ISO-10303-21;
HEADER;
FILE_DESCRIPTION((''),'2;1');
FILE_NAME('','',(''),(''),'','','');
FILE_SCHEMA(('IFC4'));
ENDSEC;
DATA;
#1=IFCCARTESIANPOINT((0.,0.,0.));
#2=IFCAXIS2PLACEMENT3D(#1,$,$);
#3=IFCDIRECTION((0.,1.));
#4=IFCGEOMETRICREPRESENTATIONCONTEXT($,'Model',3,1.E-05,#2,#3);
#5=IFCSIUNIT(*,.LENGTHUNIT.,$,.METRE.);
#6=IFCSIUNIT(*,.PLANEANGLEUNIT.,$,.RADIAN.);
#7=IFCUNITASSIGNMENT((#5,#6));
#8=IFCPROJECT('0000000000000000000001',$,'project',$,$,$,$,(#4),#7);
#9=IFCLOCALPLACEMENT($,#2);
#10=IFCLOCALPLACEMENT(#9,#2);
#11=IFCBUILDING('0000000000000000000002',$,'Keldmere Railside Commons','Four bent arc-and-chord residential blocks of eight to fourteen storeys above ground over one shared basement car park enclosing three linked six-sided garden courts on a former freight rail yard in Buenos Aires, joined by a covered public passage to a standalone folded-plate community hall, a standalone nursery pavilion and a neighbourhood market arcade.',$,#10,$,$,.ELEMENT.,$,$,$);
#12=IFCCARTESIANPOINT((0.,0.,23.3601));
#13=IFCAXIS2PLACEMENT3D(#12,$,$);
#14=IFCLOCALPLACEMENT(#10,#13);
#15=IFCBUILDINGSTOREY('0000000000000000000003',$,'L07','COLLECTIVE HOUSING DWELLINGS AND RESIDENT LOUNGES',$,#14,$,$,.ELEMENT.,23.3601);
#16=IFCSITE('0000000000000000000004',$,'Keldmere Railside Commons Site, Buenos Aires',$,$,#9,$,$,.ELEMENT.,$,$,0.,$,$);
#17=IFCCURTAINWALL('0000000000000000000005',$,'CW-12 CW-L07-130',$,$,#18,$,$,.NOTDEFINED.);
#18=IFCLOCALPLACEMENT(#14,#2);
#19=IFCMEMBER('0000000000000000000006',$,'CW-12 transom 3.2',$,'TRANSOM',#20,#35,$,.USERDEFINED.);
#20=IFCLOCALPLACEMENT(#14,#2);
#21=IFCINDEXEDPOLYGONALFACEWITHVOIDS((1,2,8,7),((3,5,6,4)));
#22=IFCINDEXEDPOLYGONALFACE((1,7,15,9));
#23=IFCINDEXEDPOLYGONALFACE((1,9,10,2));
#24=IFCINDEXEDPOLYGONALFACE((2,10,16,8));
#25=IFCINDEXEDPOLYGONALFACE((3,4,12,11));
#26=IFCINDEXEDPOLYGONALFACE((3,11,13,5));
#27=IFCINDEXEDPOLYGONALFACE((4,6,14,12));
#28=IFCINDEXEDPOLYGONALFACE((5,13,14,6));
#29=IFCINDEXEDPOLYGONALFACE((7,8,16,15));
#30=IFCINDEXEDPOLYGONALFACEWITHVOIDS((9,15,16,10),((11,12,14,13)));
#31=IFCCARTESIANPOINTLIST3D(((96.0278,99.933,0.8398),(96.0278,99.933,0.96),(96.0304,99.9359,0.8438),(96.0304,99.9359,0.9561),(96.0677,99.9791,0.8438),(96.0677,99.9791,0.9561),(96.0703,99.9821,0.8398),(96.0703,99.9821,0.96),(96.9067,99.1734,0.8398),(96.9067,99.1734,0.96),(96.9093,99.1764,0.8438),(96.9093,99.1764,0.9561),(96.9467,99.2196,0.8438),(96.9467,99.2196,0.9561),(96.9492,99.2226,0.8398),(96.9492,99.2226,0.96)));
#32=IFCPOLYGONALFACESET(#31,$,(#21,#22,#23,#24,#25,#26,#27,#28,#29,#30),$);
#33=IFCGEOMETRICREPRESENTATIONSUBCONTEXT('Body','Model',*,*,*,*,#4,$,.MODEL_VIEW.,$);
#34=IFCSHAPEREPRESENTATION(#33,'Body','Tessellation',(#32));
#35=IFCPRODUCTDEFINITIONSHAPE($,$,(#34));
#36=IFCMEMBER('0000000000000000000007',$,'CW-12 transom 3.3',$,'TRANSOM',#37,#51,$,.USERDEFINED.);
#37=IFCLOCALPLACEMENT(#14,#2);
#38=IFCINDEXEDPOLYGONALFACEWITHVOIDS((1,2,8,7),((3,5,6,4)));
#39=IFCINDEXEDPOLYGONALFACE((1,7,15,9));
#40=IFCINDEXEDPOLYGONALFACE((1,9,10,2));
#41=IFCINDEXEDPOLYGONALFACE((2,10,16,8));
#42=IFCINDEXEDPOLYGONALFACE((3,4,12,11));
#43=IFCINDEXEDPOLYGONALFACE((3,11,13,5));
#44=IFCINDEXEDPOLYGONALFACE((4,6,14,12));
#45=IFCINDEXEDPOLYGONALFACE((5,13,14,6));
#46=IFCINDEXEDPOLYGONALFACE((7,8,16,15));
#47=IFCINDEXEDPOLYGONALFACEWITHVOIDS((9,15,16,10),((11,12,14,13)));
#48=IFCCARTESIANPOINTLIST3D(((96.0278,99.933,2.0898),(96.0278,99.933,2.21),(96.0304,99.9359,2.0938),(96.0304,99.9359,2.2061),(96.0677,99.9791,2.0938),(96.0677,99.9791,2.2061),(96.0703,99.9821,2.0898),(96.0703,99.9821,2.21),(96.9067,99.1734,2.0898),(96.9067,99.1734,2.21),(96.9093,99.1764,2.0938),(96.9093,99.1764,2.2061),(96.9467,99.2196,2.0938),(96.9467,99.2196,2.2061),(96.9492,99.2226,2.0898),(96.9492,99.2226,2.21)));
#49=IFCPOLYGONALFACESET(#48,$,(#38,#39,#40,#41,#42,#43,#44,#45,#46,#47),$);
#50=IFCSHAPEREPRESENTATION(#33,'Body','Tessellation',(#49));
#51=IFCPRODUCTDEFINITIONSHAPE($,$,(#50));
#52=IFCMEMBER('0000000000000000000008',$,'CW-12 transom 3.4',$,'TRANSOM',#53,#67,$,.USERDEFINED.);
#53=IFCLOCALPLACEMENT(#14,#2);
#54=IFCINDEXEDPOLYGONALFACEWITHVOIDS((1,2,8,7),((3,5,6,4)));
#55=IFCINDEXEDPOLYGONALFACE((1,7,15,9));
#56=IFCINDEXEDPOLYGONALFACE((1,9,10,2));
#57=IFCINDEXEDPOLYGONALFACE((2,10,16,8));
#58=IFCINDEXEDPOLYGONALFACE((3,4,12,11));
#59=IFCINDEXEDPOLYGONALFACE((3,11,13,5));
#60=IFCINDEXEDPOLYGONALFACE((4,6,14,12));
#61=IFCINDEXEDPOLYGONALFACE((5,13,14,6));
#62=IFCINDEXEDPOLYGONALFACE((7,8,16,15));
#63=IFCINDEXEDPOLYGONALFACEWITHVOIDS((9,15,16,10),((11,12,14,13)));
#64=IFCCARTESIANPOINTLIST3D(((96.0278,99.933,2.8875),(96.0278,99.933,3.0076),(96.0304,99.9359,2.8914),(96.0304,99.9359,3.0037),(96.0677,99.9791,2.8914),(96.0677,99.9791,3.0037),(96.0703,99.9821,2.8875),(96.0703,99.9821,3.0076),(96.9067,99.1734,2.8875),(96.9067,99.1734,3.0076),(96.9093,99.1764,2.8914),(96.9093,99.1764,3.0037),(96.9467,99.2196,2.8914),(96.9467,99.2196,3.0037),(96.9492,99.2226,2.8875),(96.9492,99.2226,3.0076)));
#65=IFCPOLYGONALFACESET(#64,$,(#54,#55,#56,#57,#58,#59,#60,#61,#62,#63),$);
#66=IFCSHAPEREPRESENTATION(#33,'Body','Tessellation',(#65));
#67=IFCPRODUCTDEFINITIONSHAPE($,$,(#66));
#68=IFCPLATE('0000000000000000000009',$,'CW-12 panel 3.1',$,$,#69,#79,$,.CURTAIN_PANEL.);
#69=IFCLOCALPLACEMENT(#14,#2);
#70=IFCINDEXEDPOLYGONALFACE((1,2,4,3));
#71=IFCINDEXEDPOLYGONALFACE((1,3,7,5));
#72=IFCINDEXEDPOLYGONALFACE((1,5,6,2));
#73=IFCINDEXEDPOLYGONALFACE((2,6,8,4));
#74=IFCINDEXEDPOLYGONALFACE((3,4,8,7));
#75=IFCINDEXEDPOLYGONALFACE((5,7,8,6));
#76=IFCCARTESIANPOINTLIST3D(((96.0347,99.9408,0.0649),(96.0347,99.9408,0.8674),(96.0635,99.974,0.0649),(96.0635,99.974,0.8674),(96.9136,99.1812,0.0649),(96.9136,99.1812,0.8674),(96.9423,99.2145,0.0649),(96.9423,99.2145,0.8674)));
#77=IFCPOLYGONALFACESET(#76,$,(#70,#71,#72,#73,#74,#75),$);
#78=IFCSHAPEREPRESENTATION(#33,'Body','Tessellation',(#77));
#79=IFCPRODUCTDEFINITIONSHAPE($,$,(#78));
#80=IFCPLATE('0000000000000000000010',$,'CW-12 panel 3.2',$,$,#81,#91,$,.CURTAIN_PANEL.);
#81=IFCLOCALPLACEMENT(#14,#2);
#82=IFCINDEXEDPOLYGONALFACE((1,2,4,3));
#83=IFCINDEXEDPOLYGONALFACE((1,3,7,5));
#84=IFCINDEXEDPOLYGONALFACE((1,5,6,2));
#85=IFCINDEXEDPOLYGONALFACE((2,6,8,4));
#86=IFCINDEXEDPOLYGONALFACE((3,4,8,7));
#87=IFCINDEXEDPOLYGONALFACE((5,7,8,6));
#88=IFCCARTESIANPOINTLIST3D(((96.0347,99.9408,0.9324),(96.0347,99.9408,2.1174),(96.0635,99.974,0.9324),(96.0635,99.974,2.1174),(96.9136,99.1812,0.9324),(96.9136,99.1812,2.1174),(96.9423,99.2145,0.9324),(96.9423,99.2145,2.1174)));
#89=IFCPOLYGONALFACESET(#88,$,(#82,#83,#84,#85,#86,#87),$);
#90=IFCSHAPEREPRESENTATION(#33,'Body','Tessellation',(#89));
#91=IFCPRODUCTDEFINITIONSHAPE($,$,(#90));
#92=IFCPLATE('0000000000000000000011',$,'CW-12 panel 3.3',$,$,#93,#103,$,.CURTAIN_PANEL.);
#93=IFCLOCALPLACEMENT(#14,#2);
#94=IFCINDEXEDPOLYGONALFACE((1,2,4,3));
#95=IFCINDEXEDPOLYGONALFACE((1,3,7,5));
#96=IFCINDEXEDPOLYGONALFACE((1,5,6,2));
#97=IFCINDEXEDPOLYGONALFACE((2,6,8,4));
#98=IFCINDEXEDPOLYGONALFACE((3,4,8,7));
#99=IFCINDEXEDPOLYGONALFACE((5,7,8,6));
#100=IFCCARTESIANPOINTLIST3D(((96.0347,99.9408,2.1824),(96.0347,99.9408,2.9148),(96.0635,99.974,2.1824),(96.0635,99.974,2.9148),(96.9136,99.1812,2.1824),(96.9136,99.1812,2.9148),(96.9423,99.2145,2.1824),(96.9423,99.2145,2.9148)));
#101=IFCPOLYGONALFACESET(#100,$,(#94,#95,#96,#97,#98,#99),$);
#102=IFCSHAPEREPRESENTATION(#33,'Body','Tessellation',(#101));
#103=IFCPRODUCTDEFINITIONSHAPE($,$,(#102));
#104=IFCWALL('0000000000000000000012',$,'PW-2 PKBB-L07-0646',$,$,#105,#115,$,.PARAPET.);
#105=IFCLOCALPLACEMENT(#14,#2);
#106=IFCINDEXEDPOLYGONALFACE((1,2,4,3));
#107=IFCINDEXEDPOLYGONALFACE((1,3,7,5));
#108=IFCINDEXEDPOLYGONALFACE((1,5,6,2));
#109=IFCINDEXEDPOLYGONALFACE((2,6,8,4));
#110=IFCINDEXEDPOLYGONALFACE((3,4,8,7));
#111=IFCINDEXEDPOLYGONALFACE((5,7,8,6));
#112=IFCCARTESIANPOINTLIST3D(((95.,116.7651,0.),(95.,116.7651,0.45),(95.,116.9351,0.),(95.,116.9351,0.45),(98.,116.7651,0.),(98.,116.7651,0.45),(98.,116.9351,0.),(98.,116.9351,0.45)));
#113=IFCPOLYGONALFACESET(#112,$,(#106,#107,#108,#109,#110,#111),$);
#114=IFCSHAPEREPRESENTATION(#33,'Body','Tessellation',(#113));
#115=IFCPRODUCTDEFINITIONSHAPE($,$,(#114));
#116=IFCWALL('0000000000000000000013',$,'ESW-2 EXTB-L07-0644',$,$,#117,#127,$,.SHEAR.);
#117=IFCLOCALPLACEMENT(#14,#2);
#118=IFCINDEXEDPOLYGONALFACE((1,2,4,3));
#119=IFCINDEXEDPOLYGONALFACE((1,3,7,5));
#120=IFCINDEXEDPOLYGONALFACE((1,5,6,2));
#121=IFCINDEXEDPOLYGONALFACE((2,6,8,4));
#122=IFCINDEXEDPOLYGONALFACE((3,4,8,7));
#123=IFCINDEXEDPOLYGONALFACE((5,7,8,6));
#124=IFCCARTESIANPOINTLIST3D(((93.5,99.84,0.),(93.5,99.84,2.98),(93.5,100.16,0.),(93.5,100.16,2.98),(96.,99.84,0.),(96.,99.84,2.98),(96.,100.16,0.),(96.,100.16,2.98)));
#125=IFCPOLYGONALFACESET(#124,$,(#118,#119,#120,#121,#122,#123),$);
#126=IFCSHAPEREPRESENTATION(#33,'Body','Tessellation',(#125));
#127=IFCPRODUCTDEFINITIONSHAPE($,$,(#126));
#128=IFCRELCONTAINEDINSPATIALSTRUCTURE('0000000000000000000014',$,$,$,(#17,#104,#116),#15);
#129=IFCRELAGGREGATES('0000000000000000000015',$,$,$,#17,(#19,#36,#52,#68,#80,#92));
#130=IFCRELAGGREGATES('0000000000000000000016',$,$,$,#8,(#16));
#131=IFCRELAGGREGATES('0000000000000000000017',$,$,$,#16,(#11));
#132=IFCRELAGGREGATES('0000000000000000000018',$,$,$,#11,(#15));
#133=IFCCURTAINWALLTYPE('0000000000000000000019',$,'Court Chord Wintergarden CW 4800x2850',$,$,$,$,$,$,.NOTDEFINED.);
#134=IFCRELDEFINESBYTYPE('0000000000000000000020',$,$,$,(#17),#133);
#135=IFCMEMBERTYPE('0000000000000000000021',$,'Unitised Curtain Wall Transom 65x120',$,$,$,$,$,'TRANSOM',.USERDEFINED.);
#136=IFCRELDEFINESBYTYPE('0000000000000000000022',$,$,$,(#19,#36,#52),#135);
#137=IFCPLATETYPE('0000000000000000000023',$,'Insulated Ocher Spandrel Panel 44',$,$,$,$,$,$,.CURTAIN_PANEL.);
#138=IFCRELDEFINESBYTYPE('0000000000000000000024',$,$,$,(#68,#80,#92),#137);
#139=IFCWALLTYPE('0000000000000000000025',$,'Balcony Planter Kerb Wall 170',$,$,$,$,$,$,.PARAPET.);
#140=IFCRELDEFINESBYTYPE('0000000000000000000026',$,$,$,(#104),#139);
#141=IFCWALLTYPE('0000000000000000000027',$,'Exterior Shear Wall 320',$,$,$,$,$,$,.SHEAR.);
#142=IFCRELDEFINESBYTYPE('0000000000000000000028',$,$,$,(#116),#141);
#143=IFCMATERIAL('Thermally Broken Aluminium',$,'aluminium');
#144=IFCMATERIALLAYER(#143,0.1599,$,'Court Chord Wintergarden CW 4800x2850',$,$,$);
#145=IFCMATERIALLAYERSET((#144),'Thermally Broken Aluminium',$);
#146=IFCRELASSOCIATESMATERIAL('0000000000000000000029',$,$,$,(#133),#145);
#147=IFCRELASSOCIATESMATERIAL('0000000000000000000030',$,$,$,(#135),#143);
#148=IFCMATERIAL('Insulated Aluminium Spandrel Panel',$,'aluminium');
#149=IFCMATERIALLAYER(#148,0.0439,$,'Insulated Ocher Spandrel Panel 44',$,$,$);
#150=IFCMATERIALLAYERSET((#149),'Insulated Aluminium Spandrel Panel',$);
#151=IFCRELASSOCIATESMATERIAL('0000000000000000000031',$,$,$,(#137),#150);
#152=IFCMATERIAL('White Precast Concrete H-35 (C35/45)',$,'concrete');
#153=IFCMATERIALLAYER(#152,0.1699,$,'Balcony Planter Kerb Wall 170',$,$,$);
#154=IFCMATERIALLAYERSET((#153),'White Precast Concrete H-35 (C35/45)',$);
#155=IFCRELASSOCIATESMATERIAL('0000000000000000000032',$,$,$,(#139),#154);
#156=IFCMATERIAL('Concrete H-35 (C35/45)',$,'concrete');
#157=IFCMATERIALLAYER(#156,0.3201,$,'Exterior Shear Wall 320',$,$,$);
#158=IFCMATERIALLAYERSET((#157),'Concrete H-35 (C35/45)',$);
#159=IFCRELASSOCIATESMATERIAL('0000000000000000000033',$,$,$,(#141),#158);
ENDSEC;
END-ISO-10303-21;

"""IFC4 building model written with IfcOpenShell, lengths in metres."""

from ifc_helpers import new_model, si_unit, direction, frame, frame_2d, origin, origin_2d, place, context, subcontext, project, spatial, rectangle, hollow_rectangle, extrude, material, layer, layer_set, material_profile, profile_set, type_object, element, aggregate, save


model = new_model("IFC4")

# Units and contexts
model_context = context("Model", 3, precision=1e-05, world=origin(), true_north=direction((0.0, 1.0)))
body_context = subcontext(model_context, "Body", "Model", "MODEL_VIEW")
ifc_project = project(units=[si_unit("LENGTHUNIT", "METRE"), si_unit("PLANEANGLEUNIT", "RADIAN")], contexts=[model_context])

# Site, building, storey
site_placement = place(None, origin())
site = spatial("IfcSite", under=ifc_project, at=site_placement, Name="Keldmere Railside Commons Site, Buenos Aires", CompositionType="ELEMENT", RefElevation=0.0)
building_placement = place(site_placement, origin())
building = spatial("IfcBuilding", under=site, at=building_placement, Name="Keldmere Railside Commons", Description="Four bent arc-and-chord residential blocks of eight to fourteen storeys above ground over one shared basement car park enclosing three linked six-sided garden courts on a former freight rail yard in Buenos Aires, joined by a covered public passage to a standalone folded-plate community hall, a standalone nursery pavilion and a neighbourhood market arcade.", CompositionType="ELEMENT")
storey_placement = place(building_placement, frame((0.0, 0.0, 23.3601)))
storey = spatial("IfcBuildingStorey", under=building, at=storey_placement, Name="L07", Description="COLLECTIVE HOUSING DWELLINGS AND RESIDENT LOUNGES", CompositionType="ELEMENT", Elevation=23.3601)

# Shared definitions
ifc_material_1 = material(Name="Concrete H-35 (C35/45)", Category="concrete")

# Curtain wall, members, plates
ifc_material_2 = material(Name="Thermally Broken Aluminium", Category="aluminium")
ifc_layer_1 = layer(ifc_material_2, 0.1599, Name="Court Chord Wintergarden CW 4800x2850")
ifc_layer_set_1 = layer_set([ifc_layer_1], Name="Thermally Broken Aluminium")
curtain_wall_type = type_object("IfcCurtainWallType", Name="Court Chord Wintergarden CW 4800x2850", PredefinedType="NOTDEFINED", material=ifc_layer_set_1)
curtain_wall_placement = place(storey_placement, origin())
curtain_wall = element("IfcCurtainWall", 1, at=curtain_wall_placement, inside=storey, type_object=curtain_wall_type, Name="CW-12 CW-L07-130", PredefinedType="NOTDEFINED")
ifc_material_profile_1 = material_profile(ifc_material_2, hollow_rectangle(XDim=0.0649, YDim=0.1201, WallThickness=0.0039, at=origin_2d()), Name="ALU-TRAN-65x120")
ifc_profile_set_1 = profile_set([ifc_material_profile_1], Name="Thermally Broken Aluminium")
member_type_1 = type_object("IfcMemberType", Name="Unitised Curtain Wall Transom 65x120", ElementType="TRANSOM", PredefinedType="USERDEFINED", material=ifc_profile_set_1)
member_1_placement = place(storey_placement, frame((96.928, 99.198, 0.8999), z_axis=(-0.756624, 0.65385, 0.0), x_axis=(-0.65385, -0.756624, 0.0)))
member_1 = element("IfcMember", 2, at=member_1_placement, type_object=member_type_1, Name="CW-12 transom 3.2", ObjectType="TRANSOM", PredefinedType="USERDEFINED", context=body_context, shape_type="SweptSolid", body=[
    extrude(hollow_rectangle(XDim=0.0649, YDim=0.1201, WallThickness=0.0039, at=origin_2d()), origin(), (0.0, 0.0, 1.0), 1.1616),
])
member_2_placement = place(storey_placement, frame((96.928, 99.198, 2.1499), z_axis=(-0.756624, 0.65385, 0.0), x_axis=(-0.65385, -0.756624, 0.0)))
member_2 = element("IfcMember", 3, at=member_2_placement, type_object=member_type_1, Name="CW-12 transom 3.3", ObjectType="TRANSOM", PredefinedType="USERDEFINED", context=body_context, shape_type="SweptSolid", body=[
    extrude(hollow_rectangle(XDim=0.0649, YDim=0.1201, WallThickness=0.0039, at=origin_2d()), origin(), (0.0, 0.0, 1.0), 1.1616),
])
member_3_placement = place(storey_placement, frame((96.928, 99.198, 2.9475), z_axis=(-0.756624, 0.65385, 0.0), x_axis=(-0.65385, -0.756624, 0.0)))
member_3 = element("IfcMember", 4, at=member_3_placement, type_object=member_type_1, Name="CW-12 transom 3.4", ObjectType="TRANSOM", PredefinedType="USERDEFINED", context=body_context, shape_type="SweptSolid", body=[
    extrude(hollow_rectangle(XDim=0.0649, YDim=0.1201, WallThickness=0.0039, at=origin_2d()), origin(), (0.0, 0.0, 1.0), 1.1616),
])
ifc_material_3 = material(Name="Insulated Aluminium Spandrel Panel", Category="aluminium")
ifc_layer_2 = layer(ifc_material_3, 0.0439, Name="Insulated Ocher Spandrel Panel 44")
ifc_layer_set_2 = layer_set([ifc_layer_2], Name="Insulated Aluminium Spandrel Panel")
plate_type = type_object("IfcPlateType", Name="Insulated Ocher Spandrel Panel 44", PredefinedType="CURTAIN_PANEL", material=ifc_layer_set_2)
plate_1_placement = place(storey_placement, frame((96.4885, 99.5776, 0.0649), z_axis=(0.0, 0.0, 1.0), x_axis=(-0.756597, 0.653882, 0.0)))
plate_1 = element("IfcPlate", 5, at=plate_1_placement, type_object=plate_type, Name="CW-12 panel 3.1", PredefinedType="CURTAIN_PANEL", context=body_context, shape_type="SweptSolid", body=[
    extrude(rectangle(XDim=1.1616, YDim=0.0439, at=origin_2d()), origin(), (0.0, 0.0, 1.0), 0.8025),
])
plate_2_placement = place(storey_placement, frame((96.4885, 99.5776, 0.9324), z_axis=(0.0, 0.0, 1.0), x_axis=(-0.756597, 0.653882, 0.0)))
plate_2 = element("IfcPlate", 6, at=plate_2_placement, type_object=plate_type, Name="CW-12 panel 3.2", PredefinedType="CURTAIN_PANEL", context=body_context, shape_type="SweptSolid", body=[
    extrude(rectangle(XDim=1.1616, YDim=0.0439, at=origin_2d()), origin(), (0.0, 0.0, 1.0), 1.1851),
])
plate_3_placement = place(storey_placement, frame((96.4885, 99.5776, 2.1824), z_axis=(0.0, 0.0, 1.0), x_axis=(-0.756597, 0.653882, 0.0)))
plate_3 = element("IfcPlate", 7, at=plate_3_placement, type_object=plate_type, Name="CW-12 panel 3.3", PredefinedType="CURTAIN_PANEL", context=body_context, shape_type="SweptSolid", body=[
    extrude(rectangle(XDim=1.1616, YDim=0.0439, at=origin_2d()), origin(), (0.0, 0.0, 1.0), 0.7324),
])
aggregate(curtain_wall, [member_1, member_2, member_3, plate_1, plate_2, plate_3])

# Walls
ifc_material_4 = material(Name="White Precast Concrete H-35 (C35/45)", Category="concrete")
ifc_layer_3 = layer(ifc_material_4, 0.1699, Name="Balcony Planter Kerb Wall 170")
ifc_layer_set_3 = layer_set([ifc_layer_3], Name="White Precast Concrete H-35 (C35/45)")
wall_type_1 = type_object("IfcWallType", Name="Balcony Planter Kerb Wall 170", PredefinedType="PARAPET", material=ifc_layer_set_3)
wall_1_placement = place(storey_placement, frame((95.0, 116.8501, 0.0), z_axis=(0.0, 0.0, 1.0), x_axis=(1.0, 0.0, 0.0)))
element("IfcWall", 8, at=wall_1_placement, inside=storey, type_object=wall_type_1, Name="PW-2 PKBB-L07-0646", PredefinedType="PARAPET", context=body_context, shape_type="SweptSolid", body=[
    extrude(rectangle(XDim=3.0, YDim=0.1699, at=frame_2d((1.5, 0.0))), origin(), (0.0, 0.0, 1.0), 0.45),
])
ifc_layer_4 = layer(ifc_material_1, 0.3201, Name="Exterior Shear Wall 320")
ifc_layer_set_4 = layer_set([ifc_layer_4], Name="Concrete H-35 (C35/45)")
wall_type_2 = type_object("IfcWallType", Name="Exterior Shear Wall 320", PredefinedType="SHEAR", material=ifc_layer_set_4)
wall_2_placement = place(storey_placement, frame((96.0, 100.0, 0.0), z_axis=(0.0, 0.0, 1.0), x_axis=(-1.0, 0.0, 0.0)))
element("IfcWall", 9, at=wall_2_placement, inside=storey, type_object=wall_type_2, Name="ESW-2 EXTB-L07-0644", PredefinedType="SHEAR", context=body_context, shape_type="SweptSolid", body=[
    extrude(rectangle(XDim=2.5, YDim=0.3201, at=frame_2d((1.25, 0.0))), origin(), (0.0, 0.0, 1.0), 2.98),
])

save(model, "model.ifc")
